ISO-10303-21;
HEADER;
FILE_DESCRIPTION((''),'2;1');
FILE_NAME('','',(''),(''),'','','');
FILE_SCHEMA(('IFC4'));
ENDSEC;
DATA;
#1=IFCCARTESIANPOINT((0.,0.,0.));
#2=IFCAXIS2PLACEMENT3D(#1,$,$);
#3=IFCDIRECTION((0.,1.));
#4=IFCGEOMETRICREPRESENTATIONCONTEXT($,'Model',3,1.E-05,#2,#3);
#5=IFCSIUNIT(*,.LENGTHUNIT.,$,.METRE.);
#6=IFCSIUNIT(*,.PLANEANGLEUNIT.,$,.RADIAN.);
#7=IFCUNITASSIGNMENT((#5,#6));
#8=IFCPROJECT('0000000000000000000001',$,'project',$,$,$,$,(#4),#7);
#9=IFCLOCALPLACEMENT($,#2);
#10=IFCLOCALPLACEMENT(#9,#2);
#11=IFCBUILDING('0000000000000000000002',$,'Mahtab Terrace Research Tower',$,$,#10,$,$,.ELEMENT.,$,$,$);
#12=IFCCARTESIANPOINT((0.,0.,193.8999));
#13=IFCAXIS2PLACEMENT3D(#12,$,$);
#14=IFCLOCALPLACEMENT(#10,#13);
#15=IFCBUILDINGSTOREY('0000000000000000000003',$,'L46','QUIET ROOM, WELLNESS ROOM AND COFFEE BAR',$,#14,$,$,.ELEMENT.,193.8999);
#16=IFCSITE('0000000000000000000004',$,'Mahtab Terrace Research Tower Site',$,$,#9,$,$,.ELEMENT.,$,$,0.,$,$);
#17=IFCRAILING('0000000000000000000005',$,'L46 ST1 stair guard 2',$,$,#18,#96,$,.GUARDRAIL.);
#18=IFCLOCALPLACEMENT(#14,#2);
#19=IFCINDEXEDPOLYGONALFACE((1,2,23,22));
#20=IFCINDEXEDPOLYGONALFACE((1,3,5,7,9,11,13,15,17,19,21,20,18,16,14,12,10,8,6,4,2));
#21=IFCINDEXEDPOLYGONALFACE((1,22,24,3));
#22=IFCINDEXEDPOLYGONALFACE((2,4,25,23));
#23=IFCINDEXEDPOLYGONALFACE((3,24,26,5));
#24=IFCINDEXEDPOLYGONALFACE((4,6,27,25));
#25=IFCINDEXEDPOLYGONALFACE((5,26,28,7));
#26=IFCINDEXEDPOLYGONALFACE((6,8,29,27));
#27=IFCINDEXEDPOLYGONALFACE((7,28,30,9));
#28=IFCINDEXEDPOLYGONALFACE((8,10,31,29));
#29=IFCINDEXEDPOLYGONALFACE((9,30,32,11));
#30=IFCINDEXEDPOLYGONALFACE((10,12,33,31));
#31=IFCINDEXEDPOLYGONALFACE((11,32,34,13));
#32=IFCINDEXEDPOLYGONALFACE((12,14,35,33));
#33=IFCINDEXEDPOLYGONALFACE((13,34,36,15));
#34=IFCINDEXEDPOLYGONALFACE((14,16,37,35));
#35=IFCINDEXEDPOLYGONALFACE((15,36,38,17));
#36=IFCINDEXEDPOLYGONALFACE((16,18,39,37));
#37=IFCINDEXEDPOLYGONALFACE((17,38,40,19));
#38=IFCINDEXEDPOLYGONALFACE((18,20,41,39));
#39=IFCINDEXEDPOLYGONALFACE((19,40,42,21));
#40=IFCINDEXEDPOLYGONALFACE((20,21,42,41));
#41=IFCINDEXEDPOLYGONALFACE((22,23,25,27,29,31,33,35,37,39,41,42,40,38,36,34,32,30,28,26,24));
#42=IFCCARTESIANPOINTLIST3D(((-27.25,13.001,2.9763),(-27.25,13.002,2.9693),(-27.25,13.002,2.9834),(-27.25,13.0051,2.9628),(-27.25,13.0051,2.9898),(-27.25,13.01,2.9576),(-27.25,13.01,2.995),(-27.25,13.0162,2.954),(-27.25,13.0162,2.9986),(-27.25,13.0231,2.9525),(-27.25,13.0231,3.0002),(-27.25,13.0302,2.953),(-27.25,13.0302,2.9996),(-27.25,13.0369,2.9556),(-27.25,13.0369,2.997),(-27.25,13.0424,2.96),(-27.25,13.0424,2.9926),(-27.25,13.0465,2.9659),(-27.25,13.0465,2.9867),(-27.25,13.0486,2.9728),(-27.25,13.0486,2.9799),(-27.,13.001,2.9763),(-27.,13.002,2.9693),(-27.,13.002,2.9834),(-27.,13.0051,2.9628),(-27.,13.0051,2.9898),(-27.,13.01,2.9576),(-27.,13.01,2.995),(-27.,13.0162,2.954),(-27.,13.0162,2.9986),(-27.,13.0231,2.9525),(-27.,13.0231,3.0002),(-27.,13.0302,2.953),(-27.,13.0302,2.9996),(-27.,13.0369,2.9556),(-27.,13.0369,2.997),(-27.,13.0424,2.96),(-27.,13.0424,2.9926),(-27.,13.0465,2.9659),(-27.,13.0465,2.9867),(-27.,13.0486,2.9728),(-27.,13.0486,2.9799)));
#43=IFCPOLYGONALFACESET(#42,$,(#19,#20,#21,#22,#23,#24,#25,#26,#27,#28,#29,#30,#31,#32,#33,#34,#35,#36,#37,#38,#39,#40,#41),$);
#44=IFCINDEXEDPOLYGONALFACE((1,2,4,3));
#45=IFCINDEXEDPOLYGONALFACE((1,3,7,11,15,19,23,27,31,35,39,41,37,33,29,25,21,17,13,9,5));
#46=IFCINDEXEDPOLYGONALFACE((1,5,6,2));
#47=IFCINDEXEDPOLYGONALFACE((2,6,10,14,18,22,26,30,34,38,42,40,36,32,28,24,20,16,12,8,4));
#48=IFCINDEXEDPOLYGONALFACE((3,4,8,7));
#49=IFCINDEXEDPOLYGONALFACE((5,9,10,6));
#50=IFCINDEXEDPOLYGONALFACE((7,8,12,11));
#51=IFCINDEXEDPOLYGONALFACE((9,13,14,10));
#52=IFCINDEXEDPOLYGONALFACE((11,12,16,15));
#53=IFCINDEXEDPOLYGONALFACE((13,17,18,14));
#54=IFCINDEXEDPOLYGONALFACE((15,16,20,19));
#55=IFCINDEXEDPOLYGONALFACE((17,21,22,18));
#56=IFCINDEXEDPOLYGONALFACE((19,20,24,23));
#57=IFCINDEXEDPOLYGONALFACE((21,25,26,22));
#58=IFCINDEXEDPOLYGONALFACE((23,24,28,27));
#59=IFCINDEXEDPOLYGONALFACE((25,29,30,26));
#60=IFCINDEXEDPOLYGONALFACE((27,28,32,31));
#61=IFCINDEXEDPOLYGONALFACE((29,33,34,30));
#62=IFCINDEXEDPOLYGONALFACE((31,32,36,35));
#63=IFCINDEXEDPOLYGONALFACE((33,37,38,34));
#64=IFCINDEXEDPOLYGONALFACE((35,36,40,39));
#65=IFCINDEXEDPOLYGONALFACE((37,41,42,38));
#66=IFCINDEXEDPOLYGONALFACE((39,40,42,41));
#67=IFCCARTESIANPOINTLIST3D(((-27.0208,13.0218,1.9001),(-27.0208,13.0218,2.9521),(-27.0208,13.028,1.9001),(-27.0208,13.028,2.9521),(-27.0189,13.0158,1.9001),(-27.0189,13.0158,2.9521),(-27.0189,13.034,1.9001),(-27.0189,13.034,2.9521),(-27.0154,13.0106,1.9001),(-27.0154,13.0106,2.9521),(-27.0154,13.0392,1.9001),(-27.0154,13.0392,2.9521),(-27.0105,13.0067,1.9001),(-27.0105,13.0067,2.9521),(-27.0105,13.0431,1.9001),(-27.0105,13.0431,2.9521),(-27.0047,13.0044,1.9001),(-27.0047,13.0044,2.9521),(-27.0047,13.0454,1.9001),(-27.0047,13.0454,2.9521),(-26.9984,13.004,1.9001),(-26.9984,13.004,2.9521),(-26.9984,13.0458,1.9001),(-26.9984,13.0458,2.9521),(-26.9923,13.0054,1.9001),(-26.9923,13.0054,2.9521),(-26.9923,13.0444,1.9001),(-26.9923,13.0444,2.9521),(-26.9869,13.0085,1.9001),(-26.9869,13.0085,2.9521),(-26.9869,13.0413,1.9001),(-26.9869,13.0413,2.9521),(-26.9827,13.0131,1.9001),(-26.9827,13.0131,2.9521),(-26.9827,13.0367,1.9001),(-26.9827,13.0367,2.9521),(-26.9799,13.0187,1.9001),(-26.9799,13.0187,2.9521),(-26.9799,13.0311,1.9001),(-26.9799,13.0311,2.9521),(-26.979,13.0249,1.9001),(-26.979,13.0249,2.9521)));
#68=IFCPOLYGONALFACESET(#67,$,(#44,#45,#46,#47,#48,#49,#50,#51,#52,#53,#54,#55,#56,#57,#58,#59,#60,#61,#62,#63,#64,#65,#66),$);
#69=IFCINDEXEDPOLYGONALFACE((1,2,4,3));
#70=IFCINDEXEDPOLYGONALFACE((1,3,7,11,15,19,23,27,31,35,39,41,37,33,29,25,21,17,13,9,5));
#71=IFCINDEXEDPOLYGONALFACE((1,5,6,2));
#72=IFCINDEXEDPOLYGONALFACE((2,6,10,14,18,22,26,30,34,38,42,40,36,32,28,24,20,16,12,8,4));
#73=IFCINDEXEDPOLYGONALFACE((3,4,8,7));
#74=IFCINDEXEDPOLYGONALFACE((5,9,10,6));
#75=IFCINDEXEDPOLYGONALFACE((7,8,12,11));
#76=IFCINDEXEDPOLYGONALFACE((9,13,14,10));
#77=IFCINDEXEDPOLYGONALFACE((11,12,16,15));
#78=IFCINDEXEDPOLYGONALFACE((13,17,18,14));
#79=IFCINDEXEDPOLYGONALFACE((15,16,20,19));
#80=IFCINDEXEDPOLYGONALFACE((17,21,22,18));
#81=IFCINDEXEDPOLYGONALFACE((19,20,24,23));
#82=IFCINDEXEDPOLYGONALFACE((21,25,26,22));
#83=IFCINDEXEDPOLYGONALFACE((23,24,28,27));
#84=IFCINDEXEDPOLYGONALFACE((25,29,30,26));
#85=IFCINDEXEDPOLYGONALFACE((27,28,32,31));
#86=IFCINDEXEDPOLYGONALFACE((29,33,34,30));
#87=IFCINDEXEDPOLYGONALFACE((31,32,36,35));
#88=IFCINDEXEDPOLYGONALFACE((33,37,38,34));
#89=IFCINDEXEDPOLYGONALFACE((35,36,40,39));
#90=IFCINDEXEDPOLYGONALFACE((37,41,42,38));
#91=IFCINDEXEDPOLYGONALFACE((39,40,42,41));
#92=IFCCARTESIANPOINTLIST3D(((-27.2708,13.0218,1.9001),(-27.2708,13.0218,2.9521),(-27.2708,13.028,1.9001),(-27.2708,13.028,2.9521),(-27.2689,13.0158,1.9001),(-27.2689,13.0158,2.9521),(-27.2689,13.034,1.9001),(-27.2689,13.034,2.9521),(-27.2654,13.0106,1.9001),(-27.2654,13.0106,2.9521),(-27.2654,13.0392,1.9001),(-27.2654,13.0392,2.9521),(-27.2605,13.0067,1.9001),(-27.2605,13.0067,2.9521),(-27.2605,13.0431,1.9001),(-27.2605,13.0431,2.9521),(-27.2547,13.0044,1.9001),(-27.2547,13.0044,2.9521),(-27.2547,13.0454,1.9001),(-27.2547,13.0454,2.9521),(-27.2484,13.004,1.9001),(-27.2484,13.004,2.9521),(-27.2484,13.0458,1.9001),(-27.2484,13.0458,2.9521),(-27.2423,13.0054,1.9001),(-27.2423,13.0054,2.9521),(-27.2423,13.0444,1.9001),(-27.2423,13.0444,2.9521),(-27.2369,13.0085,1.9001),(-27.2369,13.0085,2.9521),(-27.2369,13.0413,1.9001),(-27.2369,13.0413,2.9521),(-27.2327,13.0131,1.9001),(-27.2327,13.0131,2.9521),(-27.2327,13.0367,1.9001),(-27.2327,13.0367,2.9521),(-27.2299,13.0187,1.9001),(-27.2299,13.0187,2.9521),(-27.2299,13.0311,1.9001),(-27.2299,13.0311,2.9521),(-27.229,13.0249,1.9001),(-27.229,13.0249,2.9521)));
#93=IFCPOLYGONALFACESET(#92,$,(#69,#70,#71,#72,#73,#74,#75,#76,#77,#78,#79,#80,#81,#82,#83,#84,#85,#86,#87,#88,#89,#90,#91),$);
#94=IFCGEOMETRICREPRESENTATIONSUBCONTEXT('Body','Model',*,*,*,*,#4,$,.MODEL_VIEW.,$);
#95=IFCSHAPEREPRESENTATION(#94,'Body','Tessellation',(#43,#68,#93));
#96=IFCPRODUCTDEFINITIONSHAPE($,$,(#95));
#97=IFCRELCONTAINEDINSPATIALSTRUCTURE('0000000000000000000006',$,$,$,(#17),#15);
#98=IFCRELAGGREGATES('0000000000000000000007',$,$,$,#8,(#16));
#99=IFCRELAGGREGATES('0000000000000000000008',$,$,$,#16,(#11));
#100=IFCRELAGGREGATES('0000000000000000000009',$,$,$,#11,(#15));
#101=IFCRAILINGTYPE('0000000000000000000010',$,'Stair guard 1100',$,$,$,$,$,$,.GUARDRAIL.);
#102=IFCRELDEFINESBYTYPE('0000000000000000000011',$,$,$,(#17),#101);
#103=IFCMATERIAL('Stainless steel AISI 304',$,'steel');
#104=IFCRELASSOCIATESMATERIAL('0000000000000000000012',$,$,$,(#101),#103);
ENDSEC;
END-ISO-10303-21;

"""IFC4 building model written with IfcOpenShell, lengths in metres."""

from ifc_helpers import new_model, si_unit, direction, frame, origin, origin_2d, place, context, subcontext, project, spatial, circle, extrude, material, type_object, element, save


model = new_model("IFC4")

# Units and contexts
model_context = context("Model", 3, precision=1e-05, world=origin(), true_north=direction((0.0, 1.0)))
body_context = subcontext(model_context, "Body", "Model", "MODEL_VIEW")
ifc_project = project(units=[si_unit("LENGTHUNIT", "METRE"), si_unit("PLANEANGLEUNIT", "RADIAN")], contexts=[model_context])

# Site, building, storey
site_placement = place(None, origin())
site = spatial("IfcSite", under=ifc_project, at=site_placement, Name="Mahtab Terrace Research Tower Site", CompositionType="ELEMENT", RefElevation=0.0)
building_placement = place(site_placement, origin())
building = spatial("IfcBuilding", under=site, at=building_placement, Name="Mahtab Terrace Research Tower", CompositionType="ELEMENT")
storey_placement = place(building_placement, frame((0.0, 0.0, 193.8999)))
storey = spatial("IfcBuildingStorey", under=building, at=storey_placement, Name="L46", Description="QUIET ROOM, WELLNESS ROOM AND COFFEE BAR", CompositionType="ELEMENT", Elevation=193.8999)

# Railing
ifc_material_1 = material(Name="Stainless steel AISI 304", Category="steel")
railing_type_1 = type_object("IfcRailingType", Name="Stair guard 1100", PredefinedType="GUARDRAIL", material=ifc_material_1)
railing_1_placement = place(storey_placement, frame((-27.0, 13.0249, 1.9001)))
element("IfcRailing", 1, at=railing_1_placement, inside=storey, type_object=railing_type_1, Name="L46 ST1 stair guard 2", PredefinedType="GUARDRAIL", context=body_context, shape_type="SweptSolid", body=[
    extrude(circle(Radius=0.0239, at=origin_2d()), frame((0.0, 0.0, 1.0762), z_axis=(-1.0, 0.0, 0.0), x_axis=(0.0, -1.0, 0.0)), (0.0, 0.0, 1.0), 0.25),
    extrude(circle(Radius=0.021, at=origin_2d()), origin(), (0.0, 0.0, 1.0), 1.052),
    extrude(circle(Radius=0.021, at=origin_2d()), frame((-0.25, 0.0, 0.0)), (0.0, 0.0, 1.0), 1.052),
])

save(model, "model.ifc")
